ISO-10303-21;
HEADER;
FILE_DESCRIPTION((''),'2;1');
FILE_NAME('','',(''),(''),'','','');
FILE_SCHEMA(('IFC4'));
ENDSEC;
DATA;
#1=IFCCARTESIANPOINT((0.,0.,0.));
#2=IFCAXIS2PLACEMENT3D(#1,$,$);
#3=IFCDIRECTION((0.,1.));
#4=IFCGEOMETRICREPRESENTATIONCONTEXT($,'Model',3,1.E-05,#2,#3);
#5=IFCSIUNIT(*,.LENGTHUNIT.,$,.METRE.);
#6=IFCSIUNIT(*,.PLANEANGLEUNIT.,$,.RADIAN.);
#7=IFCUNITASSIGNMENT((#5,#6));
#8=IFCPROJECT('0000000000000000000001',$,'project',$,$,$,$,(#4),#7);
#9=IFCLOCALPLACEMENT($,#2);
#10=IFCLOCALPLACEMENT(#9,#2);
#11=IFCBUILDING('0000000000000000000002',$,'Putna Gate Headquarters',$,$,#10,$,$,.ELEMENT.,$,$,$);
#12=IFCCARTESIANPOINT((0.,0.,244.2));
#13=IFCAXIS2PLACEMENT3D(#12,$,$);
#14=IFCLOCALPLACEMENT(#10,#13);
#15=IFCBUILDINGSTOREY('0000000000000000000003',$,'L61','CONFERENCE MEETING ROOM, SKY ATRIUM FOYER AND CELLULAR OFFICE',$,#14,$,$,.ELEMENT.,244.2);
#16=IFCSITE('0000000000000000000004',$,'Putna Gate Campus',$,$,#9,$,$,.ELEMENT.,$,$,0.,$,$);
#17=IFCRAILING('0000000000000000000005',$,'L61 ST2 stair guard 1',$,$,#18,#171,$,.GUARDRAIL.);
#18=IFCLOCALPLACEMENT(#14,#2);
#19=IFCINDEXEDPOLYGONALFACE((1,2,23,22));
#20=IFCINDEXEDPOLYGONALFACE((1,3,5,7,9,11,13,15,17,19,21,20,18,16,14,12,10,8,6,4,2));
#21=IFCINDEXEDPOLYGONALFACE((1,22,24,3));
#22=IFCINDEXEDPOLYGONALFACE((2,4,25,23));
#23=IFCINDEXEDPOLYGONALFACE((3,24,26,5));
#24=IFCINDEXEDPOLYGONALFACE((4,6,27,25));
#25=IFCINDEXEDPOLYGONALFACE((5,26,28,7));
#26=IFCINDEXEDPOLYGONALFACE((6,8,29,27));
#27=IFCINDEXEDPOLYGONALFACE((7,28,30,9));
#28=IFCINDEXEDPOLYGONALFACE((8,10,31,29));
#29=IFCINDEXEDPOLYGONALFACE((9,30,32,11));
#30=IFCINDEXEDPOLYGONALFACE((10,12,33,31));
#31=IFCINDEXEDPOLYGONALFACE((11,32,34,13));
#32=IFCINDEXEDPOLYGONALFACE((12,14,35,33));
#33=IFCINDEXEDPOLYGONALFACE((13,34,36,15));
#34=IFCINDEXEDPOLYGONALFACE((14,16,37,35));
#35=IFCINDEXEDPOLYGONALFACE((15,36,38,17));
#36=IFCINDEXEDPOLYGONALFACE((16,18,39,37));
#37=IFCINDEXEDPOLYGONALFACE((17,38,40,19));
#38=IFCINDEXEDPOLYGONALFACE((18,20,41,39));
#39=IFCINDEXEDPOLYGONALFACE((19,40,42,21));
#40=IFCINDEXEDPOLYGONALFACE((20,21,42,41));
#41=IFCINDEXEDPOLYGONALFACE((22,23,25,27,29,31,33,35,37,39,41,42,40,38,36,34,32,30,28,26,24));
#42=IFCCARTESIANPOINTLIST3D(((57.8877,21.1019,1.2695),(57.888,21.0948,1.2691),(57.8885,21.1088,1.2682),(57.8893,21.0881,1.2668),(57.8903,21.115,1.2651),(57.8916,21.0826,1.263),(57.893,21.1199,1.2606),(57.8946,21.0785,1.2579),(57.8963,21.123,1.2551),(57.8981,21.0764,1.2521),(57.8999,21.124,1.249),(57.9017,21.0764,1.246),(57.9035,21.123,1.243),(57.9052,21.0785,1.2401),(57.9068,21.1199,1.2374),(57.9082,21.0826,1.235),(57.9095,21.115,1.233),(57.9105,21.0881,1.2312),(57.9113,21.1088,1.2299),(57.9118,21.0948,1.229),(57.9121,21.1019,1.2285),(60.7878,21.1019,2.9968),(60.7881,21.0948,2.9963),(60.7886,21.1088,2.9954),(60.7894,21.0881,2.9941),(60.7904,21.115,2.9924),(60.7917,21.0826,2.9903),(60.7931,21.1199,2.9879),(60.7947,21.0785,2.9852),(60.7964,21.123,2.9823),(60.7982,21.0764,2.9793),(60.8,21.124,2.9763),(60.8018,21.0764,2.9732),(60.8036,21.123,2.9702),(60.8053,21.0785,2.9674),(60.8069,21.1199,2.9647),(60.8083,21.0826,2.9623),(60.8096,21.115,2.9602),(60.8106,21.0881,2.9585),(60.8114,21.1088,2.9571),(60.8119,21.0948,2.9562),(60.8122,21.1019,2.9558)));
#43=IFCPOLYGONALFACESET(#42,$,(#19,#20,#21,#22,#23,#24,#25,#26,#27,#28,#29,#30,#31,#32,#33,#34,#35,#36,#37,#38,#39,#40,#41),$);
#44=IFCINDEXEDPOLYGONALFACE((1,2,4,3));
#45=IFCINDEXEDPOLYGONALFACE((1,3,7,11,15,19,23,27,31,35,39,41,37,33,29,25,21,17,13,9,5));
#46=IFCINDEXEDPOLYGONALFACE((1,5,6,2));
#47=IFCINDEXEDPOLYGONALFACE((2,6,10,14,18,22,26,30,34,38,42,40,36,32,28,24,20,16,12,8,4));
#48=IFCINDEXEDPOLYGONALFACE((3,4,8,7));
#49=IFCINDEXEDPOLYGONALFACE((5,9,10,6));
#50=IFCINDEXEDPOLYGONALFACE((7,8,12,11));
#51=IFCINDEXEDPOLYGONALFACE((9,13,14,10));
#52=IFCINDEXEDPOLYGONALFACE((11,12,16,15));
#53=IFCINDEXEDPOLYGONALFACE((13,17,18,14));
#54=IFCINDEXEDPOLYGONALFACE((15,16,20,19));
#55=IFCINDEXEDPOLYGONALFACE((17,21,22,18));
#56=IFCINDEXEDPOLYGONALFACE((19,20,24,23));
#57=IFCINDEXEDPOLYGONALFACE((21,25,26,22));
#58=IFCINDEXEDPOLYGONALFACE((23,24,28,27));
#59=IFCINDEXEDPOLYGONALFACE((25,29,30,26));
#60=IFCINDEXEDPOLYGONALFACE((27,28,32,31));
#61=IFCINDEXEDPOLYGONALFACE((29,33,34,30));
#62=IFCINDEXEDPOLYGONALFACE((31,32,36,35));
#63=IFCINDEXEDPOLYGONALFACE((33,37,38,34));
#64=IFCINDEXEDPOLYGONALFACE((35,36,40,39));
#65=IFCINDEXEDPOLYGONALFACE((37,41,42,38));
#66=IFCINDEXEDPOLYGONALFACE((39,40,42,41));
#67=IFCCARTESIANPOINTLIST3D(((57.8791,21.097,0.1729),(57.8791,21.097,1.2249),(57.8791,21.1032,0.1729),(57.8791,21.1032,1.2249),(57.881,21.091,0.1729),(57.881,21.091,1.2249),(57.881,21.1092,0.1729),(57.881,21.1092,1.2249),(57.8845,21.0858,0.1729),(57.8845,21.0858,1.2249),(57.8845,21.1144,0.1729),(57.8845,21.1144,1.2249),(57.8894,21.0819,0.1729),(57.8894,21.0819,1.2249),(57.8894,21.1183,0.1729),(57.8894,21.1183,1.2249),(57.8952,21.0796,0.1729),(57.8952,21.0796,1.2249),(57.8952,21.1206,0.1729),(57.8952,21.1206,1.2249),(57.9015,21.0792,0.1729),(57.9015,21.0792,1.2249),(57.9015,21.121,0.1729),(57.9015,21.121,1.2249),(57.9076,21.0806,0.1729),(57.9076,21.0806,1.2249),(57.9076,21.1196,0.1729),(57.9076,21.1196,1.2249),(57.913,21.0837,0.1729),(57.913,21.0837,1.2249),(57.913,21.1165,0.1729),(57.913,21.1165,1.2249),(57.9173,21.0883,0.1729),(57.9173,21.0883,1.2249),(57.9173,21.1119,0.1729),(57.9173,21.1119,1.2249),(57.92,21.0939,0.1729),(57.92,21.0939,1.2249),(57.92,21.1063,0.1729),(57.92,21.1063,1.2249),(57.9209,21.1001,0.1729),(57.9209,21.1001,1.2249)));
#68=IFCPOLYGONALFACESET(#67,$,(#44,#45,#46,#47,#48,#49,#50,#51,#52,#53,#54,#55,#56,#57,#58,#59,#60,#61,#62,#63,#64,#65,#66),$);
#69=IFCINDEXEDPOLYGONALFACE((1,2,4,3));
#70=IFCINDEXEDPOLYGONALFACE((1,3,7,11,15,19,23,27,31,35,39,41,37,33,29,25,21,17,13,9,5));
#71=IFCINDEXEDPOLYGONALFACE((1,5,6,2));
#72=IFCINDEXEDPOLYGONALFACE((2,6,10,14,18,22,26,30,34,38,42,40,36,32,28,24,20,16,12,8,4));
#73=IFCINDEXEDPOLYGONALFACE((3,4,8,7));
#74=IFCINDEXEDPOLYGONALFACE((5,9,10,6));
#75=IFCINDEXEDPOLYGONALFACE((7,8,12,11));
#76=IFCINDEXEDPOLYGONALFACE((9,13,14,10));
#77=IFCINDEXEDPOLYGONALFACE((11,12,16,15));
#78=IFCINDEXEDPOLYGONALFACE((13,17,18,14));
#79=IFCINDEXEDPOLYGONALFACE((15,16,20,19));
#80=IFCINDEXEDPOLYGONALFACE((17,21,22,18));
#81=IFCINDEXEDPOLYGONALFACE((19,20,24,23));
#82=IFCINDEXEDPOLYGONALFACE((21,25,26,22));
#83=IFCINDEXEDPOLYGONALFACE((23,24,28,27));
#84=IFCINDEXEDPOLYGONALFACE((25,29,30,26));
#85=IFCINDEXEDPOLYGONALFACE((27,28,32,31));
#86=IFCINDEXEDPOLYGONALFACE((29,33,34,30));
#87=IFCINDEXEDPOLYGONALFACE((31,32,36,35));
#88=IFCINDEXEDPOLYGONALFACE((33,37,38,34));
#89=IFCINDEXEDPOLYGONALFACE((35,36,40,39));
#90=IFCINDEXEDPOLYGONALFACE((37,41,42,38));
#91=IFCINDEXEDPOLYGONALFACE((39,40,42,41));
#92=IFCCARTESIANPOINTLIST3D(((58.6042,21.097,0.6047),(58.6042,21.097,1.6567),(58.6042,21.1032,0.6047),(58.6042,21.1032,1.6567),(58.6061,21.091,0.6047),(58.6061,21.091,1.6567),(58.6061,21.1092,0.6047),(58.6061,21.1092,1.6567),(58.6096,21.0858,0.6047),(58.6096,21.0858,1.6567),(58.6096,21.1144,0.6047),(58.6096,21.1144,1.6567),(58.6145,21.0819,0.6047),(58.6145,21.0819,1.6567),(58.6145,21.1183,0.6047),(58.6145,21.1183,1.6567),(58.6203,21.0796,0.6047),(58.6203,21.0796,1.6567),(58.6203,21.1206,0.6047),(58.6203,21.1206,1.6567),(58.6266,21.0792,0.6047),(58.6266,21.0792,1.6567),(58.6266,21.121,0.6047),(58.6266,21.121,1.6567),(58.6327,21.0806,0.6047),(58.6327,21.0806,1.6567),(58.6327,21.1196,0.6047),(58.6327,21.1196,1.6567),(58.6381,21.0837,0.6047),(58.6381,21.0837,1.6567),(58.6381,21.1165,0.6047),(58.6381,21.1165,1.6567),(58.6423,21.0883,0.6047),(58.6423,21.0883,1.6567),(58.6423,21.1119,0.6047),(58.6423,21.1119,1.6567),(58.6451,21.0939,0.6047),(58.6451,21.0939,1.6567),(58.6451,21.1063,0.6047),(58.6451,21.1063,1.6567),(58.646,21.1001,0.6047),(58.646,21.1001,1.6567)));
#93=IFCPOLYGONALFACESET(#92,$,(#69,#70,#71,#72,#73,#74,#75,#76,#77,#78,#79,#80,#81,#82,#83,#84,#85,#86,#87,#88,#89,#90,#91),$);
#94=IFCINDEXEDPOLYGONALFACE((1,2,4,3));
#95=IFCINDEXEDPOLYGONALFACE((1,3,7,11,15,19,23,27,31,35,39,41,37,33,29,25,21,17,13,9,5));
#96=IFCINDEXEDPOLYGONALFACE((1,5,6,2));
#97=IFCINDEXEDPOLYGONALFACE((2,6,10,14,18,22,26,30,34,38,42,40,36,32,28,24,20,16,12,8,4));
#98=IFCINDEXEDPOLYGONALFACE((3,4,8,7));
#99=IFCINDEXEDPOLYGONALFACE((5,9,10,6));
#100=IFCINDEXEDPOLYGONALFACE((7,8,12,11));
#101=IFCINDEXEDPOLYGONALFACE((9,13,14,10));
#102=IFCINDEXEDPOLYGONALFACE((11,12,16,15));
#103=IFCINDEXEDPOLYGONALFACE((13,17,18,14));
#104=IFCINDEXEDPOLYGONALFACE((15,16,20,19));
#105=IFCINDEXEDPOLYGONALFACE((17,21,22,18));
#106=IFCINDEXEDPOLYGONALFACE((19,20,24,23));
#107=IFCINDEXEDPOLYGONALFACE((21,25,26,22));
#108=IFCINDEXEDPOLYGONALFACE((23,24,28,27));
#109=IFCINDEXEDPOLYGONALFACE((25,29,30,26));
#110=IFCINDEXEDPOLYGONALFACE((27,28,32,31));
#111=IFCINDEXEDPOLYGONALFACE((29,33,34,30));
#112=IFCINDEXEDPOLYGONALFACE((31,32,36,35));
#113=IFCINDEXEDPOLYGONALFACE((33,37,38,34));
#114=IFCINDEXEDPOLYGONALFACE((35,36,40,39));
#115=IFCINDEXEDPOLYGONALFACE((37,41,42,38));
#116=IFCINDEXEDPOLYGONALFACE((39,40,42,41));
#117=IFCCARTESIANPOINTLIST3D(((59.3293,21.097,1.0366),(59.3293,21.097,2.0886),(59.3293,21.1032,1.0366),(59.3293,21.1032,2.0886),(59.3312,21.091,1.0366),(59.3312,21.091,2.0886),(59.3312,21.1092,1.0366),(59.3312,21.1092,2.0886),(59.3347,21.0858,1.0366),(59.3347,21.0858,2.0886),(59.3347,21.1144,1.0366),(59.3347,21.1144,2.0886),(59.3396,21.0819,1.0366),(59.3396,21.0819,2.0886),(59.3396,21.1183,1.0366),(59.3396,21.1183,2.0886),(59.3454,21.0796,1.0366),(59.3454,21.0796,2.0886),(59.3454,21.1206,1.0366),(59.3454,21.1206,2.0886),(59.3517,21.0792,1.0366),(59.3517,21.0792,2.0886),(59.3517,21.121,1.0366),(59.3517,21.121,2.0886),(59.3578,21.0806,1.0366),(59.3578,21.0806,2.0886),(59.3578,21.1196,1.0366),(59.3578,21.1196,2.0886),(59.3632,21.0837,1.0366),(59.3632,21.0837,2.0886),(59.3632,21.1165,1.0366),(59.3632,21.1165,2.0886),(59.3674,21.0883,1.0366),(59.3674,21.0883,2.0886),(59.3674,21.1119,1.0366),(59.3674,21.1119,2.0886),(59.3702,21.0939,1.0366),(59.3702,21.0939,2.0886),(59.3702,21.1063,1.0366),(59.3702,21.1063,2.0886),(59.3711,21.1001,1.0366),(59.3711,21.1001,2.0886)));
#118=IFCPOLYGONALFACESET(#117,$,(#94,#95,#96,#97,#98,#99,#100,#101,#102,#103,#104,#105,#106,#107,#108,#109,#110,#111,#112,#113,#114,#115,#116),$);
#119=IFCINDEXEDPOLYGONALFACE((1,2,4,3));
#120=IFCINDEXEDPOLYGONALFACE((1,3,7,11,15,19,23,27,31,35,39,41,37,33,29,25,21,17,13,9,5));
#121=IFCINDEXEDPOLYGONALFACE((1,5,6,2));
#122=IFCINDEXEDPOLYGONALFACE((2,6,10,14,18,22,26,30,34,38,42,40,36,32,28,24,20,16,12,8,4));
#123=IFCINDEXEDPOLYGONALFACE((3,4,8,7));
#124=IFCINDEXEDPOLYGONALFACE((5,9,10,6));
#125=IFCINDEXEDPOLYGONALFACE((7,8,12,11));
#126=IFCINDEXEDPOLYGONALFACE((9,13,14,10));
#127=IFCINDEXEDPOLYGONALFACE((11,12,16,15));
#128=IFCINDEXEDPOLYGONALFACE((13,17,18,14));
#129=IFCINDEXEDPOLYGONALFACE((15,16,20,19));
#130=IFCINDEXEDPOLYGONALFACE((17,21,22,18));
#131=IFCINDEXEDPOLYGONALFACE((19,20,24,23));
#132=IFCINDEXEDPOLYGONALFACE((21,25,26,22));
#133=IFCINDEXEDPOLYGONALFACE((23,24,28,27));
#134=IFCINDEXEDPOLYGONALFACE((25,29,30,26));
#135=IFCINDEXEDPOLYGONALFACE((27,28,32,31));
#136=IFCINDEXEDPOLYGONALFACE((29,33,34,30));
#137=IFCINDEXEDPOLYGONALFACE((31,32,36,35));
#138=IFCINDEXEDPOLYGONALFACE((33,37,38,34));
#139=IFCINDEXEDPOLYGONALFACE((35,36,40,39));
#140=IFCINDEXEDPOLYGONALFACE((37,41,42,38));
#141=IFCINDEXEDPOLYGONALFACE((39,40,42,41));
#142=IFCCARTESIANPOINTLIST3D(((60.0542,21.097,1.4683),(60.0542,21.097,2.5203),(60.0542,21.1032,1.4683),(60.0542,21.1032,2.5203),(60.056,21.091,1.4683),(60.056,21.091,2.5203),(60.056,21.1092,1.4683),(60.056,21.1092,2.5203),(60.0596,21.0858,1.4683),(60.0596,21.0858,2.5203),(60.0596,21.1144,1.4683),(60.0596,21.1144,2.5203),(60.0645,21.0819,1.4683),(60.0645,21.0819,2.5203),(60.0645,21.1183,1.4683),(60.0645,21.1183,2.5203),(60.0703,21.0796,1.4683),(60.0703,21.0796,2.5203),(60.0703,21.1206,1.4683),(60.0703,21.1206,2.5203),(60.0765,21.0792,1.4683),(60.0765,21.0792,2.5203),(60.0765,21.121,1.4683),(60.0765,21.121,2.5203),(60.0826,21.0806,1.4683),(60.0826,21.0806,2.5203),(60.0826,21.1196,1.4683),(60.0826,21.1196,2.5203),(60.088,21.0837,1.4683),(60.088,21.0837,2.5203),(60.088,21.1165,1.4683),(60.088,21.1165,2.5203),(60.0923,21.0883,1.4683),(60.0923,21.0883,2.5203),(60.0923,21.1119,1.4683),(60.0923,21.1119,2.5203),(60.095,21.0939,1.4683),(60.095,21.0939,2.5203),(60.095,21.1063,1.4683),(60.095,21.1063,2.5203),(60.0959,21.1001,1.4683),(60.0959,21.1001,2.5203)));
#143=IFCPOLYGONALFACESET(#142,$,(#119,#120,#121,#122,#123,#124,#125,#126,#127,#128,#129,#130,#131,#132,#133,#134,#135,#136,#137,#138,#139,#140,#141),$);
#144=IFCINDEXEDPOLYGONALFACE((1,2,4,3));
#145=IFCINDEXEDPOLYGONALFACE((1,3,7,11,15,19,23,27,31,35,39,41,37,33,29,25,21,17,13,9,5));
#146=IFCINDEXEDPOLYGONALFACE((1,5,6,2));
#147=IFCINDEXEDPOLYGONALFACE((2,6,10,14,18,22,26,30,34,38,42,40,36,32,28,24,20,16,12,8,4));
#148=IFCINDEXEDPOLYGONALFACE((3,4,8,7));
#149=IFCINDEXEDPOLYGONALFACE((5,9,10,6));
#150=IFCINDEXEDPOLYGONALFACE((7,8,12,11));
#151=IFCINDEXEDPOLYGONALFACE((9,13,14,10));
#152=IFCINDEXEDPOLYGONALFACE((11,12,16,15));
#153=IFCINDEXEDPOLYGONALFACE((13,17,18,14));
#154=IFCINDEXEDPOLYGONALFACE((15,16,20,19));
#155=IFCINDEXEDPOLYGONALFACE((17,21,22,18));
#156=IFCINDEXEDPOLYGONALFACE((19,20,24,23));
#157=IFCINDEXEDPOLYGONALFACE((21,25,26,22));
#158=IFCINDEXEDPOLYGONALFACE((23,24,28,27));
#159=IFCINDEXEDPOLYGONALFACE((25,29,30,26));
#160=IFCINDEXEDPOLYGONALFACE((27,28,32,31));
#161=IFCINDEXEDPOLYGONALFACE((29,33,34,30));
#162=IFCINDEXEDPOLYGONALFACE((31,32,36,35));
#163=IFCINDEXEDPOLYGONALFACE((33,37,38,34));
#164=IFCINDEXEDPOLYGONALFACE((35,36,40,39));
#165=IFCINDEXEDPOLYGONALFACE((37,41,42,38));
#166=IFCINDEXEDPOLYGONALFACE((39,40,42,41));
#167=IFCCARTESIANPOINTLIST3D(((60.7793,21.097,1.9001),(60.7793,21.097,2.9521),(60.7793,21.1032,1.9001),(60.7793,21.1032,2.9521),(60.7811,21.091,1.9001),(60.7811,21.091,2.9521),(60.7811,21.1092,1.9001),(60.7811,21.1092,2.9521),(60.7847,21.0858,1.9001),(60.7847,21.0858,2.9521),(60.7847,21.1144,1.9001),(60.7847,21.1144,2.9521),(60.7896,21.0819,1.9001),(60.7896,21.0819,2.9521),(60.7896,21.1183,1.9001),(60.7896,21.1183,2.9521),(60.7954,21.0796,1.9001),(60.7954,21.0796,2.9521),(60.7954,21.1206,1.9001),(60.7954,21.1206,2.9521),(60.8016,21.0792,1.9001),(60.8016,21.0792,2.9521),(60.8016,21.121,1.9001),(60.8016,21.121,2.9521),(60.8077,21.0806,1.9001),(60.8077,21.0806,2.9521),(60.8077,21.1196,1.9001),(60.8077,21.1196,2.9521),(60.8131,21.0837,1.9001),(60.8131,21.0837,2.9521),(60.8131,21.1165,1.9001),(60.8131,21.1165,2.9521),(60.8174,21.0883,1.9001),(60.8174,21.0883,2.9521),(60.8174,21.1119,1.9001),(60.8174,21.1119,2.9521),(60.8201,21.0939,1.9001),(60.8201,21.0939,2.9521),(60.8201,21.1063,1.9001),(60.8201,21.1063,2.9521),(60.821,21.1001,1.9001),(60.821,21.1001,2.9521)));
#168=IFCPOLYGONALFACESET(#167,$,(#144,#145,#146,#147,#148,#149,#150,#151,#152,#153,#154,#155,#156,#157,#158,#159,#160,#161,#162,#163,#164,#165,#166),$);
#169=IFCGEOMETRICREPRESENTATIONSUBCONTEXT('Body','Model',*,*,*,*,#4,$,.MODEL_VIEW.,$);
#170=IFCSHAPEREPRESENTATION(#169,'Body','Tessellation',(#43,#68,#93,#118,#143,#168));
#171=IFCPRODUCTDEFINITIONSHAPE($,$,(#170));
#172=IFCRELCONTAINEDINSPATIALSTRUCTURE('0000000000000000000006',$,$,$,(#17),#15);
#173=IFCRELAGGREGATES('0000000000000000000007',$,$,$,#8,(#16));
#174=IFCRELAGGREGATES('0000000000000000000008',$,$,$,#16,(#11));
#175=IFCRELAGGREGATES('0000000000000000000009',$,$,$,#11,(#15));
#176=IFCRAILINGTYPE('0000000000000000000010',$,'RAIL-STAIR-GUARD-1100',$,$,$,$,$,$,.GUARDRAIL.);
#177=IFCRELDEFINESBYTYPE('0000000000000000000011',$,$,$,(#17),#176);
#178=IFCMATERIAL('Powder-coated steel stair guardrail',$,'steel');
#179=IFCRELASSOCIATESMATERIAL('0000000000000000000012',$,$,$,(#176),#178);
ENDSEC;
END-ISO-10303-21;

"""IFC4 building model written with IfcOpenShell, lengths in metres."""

from ifc_helpers import new_model, si_unit, direction, frame, origin, origin_2d, place, context, subcontext, project, spatial, circle, extrude, material, type_object, element, save


model = new_model("IFC4")

# Units and contexts
model_context = context("Model", 3, precision=1e-05, world=origin(), true_north=direction((0.0, 1.0)))
body_context = subcontext(model_context, "Body", "Model", "MODEL_VIEW")
ifc_project = project(units=[si_unit("LENGTHUNIT", "METRE"), si_unit("PLANEANGLEUNIT", "RADIAN")], contexts=[model_context])

# Site, building, storey
site_placement = place(None, origin())
site = spatial("IfcSite", under=ifc_project, at=site_placement, Name="Putna Gate Campus", CompositionType="ELEMENT", RefElevation=0.0)
building_placement = place(site_placement, origin())
building = spatial("IfcBuilding", under=site, at=building_placement, Name="Putna Gate Headquarters", CompositionType="ELEMENT")
storey_placement = place(building_placement, frame((0.0, 0.0, 244.2)))
storey = spatial("IfcBuildingStorey", under=building, at=storey_placement, Name="L61", Description="CONFERENCE MEETING ROOM, SKY ATRIUM FOYER AND CELLULAR OFFICE", CompositionType="ELEMENT", Elevation=244.2)

# Railing
ifc_material_1 = material(Name="Powder-coated steel stair guardrail", Category="steel")
railing_type_1 = type_object("IfcRailingType", Name="RAIL-STAIR-GUARD-1100", PredefinedType="GUARDRAIL", material=ifc_material_1)
railing_1_placement = place(storey_placement, frame((57.8999, 21.1001, 0.1729)))
element("IfcRailing", 1, at=railing_1_placement, inside=storey, type_object=railing_type_1, Name="L61 ST2 stair guard 1", PredefinedType="GUARDRAIL", context=body_context, shape_type="SweptSolid", body=[
    extrude(circle(Radius=0.0239, at=origin_2d()), frame((0.0, 0.0, 1.0762), z_axis=(0.85916, 0.0, 0.511706), x_axis=(0.0, 1.0, 0.0)), (0.0, 0.0, 1.0), 3.3755),
    extrude(circle(Radius=0.021, at=origin_2d()), origin(), (0.0, 0.0, 1.0), 1.052),
    extrude(circle(Radius=0.021, at=origin_2d()), frame((0.7251, 0.0, 0.4319)), (0.0, 0.0, 1.0), 1.052),
    extrude(circle(Radius=0.021, at=origin_2d()), frame((1.4502, 0.0, 0.8638)), (0.0, 0.0, 1.0), 1.052),
    extrude(circle(Radius=0.021, at=origin_2d()), frame((2.175, 0.0, 1.2954)), (0.0, 0.0, 1.0), 1.052),
    extrude(circle(Radius=0.021, at=origin_2d()), frame((2.9001, 0.0, 1.7273)), (0.0, 0.0, 1.0), 1.052),
])

save(model, "model.ifc")
